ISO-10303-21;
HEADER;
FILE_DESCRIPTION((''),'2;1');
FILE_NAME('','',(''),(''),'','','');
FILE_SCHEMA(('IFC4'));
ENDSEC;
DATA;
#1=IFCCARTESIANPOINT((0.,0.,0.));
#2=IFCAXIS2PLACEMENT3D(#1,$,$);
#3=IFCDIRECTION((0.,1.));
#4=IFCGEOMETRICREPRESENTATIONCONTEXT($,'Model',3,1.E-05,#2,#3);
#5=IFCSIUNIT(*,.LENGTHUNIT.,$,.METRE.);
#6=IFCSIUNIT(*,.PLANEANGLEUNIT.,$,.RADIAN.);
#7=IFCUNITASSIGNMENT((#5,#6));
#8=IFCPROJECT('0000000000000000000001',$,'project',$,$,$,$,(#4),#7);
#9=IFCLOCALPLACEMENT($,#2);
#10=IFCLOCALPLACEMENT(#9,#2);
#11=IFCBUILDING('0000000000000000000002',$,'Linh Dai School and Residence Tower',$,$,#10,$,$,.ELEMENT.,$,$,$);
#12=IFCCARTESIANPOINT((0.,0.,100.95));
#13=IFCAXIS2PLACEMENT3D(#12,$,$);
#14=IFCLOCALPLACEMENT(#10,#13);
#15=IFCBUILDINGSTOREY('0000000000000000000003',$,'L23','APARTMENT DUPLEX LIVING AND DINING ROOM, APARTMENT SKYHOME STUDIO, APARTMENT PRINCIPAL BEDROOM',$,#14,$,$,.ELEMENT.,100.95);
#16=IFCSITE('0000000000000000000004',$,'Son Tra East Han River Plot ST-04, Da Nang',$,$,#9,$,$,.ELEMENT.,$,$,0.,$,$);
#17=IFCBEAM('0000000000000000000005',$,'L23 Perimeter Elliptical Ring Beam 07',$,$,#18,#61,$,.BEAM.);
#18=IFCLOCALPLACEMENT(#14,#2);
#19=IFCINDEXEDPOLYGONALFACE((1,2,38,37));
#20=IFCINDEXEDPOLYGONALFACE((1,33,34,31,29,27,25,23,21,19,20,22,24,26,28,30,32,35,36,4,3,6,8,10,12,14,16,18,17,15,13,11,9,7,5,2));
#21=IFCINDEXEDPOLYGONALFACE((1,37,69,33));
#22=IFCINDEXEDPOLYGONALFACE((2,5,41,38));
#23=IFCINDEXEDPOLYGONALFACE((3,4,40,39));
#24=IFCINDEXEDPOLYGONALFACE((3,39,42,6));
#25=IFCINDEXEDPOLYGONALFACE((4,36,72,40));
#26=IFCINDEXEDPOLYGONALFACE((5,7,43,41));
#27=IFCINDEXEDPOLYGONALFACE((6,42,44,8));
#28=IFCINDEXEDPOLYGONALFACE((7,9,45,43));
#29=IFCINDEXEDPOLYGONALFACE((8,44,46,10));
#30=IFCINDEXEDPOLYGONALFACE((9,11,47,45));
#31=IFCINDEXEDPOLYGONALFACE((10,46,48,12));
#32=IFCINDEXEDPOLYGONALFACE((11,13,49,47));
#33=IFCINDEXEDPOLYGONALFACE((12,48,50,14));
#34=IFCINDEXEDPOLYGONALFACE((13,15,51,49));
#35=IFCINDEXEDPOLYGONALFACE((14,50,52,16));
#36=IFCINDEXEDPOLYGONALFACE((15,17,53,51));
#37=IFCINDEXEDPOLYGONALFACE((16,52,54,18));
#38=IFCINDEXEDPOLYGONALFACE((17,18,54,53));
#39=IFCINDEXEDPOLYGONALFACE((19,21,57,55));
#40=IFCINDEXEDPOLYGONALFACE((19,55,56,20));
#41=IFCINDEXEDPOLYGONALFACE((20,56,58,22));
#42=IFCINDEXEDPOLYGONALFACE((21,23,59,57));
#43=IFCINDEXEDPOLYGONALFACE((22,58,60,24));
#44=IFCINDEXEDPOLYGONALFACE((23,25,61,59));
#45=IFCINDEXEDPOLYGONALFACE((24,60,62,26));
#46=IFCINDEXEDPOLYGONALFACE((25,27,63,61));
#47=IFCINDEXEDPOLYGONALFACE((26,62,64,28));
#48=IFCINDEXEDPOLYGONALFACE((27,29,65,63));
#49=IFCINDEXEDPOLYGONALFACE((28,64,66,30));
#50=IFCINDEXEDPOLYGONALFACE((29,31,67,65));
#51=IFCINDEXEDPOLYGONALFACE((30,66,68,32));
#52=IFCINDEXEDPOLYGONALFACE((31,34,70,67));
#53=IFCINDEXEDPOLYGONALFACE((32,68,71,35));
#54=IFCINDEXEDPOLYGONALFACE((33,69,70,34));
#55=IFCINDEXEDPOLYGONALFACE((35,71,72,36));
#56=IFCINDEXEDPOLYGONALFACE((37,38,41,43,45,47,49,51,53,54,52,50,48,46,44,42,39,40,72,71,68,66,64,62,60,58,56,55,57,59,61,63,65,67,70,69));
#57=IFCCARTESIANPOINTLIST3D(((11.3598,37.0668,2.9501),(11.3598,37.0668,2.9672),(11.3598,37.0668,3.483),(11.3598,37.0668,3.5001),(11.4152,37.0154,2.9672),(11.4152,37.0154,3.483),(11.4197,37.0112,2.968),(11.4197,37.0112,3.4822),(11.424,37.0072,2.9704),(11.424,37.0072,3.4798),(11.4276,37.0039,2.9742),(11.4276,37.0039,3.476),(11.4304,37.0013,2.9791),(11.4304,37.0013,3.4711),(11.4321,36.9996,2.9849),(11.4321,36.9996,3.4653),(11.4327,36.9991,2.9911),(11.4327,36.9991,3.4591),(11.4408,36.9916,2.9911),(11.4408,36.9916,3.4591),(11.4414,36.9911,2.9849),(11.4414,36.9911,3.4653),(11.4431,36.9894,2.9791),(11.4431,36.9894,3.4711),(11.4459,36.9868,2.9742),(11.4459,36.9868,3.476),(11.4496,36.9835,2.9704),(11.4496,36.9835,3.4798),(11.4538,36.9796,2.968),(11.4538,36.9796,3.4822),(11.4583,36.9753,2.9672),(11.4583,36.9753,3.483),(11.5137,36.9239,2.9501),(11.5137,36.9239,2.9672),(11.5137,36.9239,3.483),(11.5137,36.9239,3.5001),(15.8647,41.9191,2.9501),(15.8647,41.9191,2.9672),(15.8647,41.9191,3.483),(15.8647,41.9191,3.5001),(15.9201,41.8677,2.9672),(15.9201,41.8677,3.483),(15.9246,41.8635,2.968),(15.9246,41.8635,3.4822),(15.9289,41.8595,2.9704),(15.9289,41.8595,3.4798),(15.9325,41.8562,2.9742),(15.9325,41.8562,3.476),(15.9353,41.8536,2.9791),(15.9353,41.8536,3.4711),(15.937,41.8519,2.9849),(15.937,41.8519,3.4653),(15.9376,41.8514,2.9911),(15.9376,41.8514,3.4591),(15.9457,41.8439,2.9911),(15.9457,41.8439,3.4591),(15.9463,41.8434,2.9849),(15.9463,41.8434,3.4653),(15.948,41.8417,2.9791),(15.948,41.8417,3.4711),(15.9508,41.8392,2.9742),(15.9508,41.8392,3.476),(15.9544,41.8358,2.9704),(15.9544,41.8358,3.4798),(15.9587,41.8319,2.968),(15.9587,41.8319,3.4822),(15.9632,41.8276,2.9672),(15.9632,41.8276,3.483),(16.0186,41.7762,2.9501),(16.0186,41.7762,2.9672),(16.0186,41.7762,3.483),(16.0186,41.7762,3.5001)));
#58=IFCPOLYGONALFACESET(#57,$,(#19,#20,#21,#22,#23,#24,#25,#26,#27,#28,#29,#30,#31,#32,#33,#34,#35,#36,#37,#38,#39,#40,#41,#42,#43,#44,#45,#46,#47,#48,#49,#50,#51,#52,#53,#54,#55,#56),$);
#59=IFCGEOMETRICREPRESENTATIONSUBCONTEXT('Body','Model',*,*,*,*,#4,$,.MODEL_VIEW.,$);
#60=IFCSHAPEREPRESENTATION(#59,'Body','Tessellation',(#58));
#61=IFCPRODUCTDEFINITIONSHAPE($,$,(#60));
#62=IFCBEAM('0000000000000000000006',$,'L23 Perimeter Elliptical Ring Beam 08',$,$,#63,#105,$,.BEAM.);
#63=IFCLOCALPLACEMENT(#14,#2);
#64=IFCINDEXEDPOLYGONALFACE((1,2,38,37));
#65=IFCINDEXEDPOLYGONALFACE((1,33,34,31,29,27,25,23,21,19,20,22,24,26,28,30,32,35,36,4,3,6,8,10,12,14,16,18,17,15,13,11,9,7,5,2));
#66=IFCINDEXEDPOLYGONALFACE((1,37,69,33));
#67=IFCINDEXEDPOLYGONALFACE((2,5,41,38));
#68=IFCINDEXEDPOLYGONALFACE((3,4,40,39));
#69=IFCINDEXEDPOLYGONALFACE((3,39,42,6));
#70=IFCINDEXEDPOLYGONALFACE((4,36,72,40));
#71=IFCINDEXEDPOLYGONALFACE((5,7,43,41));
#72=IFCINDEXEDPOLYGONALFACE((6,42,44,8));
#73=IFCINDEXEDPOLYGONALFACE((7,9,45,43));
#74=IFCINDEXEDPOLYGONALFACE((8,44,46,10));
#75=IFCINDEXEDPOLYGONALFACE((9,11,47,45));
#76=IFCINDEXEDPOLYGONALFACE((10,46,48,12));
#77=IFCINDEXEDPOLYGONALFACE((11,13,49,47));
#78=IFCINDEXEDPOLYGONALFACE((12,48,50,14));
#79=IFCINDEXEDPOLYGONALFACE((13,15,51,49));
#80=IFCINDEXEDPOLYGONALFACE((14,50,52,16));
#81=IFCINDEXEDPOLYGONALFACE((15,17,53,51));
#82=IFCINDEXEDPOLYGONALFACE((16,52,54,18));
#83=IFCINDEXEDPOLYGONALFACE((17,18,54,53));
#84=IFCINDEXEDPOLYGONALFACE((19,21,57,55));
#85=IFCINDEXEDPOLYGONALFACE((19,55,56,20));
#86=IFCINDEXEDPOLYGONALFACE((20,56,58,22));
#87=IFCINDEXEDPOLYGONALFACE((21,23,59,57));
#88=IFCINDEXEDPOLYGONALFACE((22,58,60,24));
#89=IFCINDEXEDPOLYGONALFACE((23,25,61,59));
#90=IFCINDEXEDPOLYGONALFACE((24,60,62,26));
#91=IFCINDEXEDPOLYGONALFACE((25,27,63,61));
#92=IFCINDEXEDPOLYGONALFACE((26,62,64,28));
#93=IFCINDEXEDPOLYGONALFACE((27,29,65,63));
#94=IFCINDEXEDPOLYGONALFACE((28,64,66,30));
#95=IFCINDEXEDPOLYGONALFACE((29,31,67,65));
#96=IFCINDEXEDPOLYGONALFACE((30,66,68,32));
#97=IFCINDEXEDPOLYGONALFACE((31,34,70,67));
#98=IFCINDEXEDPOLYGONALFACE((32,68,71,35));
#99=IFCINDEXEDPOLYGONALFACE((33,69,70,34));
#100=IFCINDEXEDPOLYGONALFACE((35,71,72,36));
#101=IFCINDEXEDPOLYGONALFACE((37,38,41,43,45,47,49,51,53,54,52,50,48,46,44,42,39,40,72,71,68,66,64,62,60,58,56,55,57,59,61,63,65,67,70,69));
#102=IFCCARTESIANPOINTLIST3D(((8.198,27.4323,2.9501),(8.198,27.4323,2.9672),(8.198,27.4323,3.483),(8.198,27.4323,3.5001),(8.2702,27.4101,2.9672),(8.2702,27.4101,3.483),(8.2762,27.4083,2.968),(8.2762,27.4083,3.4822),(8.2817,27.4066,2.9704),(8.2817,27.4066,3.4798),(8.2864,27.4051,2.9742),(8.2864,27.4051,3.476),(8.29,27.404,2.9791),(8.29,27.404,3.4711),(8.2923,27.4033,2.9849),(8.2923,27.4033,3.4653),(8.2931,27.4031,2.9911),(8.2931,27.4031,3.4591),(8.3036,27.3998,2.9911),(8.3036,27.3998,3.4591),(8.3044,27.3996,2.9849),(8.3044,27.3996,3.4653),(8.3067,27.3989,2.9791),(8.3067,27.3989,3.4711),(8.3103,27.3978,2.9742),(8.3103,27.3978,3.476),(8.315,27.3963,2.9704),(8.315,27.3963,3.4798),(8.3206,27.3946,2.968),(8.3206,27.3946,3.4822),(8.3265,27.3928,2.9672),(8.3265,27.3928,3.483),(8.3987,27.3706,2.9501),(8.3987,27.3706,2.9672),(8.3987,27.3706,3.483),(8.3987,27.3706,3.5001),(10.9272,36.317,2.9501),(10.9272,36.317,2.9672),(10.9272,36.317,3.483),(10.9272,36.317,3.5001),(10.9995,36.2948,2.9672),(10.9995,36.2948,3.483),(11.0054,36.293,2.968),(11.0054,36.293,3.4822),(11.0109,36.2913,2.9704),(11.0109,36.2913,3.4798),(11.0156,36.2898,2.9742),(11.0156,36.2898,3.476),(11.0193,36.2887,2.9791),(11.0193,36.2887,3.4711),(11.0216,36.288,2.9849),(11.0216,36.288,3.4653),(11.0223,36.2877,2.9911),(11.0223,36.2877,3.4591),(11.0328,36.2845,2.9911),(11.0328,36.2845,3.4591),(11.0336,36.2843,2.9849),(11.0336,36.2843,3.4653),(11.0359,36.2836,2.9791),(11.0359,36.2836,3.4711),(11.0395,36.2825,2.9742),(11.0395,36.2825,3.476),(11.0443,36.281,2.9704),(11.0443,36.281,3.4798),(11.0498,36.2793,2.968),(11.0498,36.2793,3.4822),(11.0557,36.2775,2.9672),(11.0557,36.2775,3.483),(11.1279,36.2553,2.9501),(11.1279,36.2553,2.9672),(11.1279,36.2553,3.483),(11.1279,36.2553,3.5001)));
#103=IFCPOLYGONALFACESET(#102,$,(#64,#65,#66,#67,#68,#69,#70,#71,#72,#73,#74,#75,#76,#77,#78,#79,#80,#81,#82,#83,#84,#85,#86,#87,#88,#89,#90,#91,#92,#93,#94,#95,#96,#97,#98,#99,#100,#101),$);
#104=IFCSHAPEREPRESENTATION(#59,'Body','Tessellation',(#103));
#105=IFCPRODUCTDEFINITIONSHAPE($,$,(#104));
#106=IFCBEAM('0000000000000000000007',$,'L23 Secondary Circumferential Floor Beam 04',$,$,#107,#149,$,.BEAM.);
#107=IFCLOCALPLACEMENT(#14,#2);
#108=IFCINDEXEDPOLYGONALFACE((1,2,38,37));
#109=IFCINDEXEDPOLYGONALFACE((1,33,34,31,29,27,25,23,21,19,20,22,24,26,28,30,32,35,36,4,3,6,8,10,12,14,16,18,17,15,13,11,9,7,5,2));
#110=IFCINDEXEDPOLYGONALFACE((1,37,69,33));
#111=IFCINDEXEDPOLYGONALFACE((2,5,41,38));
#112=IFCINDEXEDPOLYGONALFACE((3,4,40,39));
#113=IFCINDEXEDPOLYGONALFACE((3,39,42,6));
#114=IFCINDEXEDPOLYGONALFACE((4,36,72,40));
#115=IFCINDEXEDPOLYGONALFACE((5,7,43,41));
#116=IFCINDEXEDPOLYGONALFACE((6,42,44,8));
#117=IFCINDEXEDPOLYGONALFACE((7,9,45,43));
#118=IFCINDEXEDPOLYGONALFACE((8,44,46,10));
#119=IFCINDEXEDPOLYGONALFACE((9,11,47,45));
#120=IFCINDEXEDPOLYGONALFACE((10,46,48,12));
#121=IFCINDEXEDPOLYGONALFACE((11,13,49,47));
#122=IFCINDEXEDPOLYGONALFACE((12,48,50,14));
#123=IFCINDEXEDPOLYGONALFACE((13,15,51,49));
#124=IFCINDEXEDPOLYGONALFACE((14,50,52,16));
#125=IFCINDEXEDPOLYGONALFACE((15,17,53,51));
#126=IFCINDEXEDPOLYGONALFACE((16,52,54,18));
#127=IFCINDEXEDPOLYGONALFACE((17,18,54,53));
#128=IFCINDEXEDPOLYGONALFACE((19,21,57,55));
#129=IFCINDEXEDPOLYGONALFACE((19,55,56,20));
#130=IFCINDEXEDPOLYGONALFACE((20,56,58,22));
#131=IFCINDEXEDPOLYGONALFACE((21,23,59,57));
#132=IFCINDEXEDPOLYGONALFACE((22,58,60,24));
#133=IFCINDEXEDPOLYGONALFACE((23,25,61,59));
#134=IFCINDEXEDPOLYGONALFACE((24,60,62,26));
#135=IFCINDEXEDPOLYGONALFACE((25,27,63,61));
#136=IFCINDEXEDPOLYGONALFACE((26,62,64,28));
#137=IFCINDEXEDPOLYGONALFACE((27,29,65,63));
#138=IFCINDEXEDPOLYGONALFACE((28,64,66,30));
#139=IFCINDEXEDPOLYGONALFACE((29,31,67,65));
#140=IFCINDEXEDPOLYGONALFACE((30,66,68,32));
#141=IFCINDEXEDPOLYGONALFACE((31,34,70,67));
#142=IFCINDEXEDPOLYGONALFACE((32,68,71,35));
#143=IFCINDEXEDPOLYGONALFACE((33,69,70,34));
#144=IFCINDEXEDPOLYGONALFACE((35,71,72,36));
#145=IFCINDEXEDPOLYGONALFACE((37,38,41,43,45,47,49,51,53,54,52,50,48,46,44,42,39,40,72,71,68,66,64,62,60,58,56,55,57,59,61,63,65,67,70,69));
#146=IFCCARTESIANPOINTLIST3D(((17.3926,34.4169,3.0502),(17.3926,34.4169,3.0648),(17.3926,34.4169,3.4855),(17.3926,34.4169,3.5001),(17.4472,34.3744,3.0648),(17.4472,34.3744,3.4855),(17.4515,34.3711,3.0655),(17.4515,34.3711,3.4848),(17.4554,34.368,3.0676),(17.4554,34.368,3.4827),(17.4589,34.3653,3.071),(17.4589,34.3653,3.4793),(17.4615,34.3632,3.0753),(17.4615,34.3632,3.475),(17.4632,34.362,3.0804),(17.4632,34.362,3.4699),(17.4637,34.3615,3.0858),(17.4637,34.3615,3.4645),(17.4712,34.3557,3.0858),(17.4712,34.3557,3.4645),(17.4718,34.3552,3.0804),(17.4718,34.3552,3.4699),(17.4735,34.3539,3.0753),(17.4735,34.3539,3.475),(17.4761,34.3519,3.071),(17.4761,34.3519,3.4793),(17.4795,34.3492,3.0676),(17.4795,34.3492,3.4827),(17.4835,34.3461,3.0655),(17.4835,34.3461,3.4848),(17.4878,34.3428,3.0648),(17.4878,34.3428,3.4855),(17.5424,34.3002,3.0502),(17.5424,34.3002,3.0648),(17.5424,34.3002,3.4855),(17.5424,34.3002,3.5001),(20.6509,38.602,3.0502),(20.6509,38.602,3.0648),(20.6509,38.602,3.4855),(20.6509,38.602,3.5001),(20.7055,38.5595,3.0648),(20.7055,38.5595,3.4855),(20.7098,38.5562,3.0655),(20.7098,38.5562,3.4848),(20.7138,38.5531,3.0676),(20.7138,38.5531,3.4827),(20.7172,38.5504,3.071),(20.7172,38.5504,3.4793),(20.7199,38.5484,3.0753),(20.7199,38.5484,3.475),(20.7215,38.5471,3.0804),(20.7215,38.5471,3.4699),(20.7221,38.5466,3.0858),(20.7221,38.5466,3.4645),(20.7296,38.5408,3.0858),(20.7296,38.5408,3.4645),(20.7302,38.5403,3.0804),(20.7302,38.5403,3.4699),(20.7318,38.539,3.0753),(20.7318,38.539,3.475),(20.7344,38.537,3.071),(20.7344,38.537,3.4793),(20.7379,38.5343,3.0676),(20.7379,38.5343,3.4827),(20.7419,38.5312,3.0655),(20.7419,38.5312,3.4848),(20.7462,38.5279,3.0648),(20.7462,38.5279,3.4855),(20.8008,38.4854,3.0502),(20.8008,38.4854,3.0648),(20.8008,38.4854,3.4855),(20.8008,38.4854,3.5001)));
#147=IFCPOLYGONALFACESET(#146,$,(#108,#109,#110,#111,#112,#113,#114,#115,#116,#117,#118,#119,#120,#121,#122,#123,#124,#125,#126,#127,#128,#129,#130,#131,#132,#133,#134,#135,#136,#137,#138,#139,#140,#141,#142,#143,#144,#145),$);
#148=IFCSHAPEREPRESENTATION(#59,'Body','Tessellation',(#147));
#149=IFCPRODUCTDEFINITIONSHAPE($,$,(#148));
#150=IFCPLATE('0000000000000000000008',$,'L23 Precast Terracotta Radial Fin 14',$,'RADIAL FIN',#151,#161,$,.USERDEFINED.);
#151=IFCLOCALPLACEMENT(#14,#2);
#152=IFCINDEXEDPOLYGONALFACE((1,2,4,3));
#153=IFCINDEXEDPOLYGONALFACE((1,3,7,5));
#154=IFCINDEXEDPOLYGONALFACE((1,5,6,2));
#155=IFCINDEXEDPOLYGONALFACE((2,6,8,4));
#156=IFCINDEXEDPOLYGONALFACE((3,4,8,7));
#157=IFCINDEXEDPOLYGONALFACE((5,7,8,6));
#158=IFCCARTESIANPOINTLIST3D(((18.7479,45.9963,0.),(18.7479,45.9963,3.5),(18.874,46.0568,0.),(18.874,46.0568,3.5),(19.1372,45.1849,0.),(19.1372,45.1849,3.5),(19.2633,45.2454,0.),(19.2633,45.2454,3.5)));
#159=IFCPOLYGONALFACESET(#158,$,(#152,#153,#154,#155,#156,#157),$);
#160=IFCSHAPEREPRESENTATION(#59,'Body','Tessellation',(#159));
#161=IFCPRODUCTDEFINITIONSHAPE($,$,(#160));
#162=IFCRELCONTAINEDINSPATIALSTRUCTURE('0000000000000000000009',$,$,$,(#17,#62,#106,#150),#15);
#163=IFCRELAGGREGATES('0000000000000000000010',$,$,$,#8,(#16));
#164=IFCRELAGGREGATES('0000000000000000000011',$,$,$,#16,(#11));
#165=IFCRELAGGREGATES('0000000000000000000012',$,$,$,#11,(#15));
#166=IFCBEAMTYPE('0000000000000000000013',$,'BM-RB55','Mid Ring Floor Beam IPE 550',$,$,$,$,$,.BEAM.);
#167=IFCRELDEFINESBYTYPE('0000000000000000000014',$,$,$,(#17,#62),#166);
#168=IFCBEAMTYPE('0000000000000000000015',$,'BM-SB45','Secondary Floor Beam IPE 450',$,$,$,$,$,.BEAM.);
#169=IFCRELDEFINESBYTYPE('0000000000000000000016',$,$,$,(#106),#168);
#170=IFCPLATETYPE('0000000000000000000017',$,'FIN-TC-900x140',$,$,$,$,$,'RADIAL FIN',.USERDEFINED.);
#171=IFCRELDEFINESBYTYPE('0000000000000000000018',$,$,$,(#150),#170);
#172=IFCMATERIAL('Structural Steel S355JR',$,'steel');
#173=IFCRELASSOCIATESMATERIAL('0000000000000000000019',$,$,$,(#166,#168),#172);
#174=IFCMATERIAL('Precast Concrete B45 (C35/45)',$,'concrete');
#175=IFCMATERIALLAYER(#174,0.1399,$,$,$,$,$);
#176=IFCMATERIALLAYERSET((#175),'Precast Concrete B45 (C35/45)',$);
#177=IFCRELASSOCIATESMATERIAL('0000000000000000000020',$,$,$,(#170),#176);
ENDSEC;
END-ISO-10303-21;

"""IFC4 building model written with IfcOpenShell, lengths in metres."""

from ifc_helpers import new_model, si_unit, direction, frame, origin, origin_2d, place, context, subcontext, project, spatial, rectangle, i_section, extrude, source, transform, mapped, material, layer, layer_set, material_profile, profile_set, type_object, element, save


model = new_model("IFC4")

# Units and contexts
model_context = context("Model", 3, precision=1e-05, world=origin(), true_north=direction((0.0, 1.0)))
body_context = subcontext(model_context, "Body", "Model", "MODEL_VIEW")
ifc_project = project(units=[si_unit("LENGTHUNIT", "METRE"), si_unit("PLANEANGLEUNIT", "RADIAN")], contexts=[model_context])

# Site, building, storey
site_placement = place(None, origin())
site = spatial("IfcSite", under=ifc_project, at=site_placement, Name="Son Tra East Han River Plot ST-04, Da Nang", CompositionType="ELEMENT", RefElevation=0.0)
building_placement = place(site_placement, origin())
building = spatial("IfcBuilding", under=site, at=building_placement, Name="Linh Dai School and Residence Tower", CompositionType="ELEMENT")
storey_placement = place(building_placement, frame((0.0, 0.0, 100.95)))
storey = spatial("IfcBuildingStorey", under=building, at=storey_placement, Name="L23", Description="APARTMENT DUPLEX LIVING AND DINING ROOM, APARTMENT SKYHOME STUDIO, APARTMENT PRINCIPAL BEDROOM", CompositionType="ELEMENT", Elevation=100.95)

# Shared definitions
ifc_material_1 = material(Name="Structural Steel S355JR", Category="steel")

# Beams
ifc_material_profile_1 = material_profile(ifc_material_1, i_section(OverallWidth=0.21, OverallDepth=0.55, WebThickness=0.011, FlangeThickness=0.0171, FilletRadius=0.0239, at=origin_2d()), Name="IPE 550")
ifc_profile_set_1 = profile_set([ifc_material_profile_1], Name="Structural Steel S355JR")
beam_type_1 = type_object("IfcBeamType", Name="BM-RB55", Description="Mid Ring Floor Beam IPE 550", PredefinedType="BEAM", material=ifc_profile_set_1)
beam_1_placement = place(storey_placement, frame((15.9417, 41.8477, 3.2251), z_axis=(-0.680385, -0.732855, 0.0), x_axis=(0.732855, -0.680385, 0.0)))
element("IfcBeam", 1, at=beam_1_placement, inside=storey, type_object=beam_type_1, Name="L23 Perimeter Elliptical Ring Beam 07", PredefinedType="BEAM", context=body_context, shape_type="SweptSolid", body=[
    extrude(i_section(OverallWidth=0.21, OverallDepth=0.55, WebThickness=0.011, FlangeThickness=0.0171, FilletRadius=0.0239, at=origin_2d()), origin(), (0.0, 0.0, 1.0), 6.6211),
])
beam_2_placement = place(storey_placement, frame((11.0276, 36.2861, 3.2251), z_axis=(-0.293641, -0.955916, 0.0), x_axis=(0.955916, -0.293641, 0.0)))
element("IfcBeam", 2, at=beam_2_placement, inside=storey, type_object=beam_type_1, Name="L23 Perimeter Elliptical Ring Beam 08", PredefinedType="BEAM", context=body_context, shape_type="SweptSolid", body=[
    extrude(i_section(OverallWidth=0.21, OverallDepth=0.55, WebThickness=0.011, FlangeThickness=0.0171, FilletRadius=0.0239, at=origin_2d()), origin(), (0.0, 0.0, 1.0), 9.2944),
])
ifc_material_profile_2 = material_profile(ifc_material_1, i_section(OverallWidth=0.1899, OverallDepth=0.45, WebThickness=0.0095, FlangeThickness=0.0146, FilletRadius=0.021, at=origin_2d()), Name="IPE 450")
ifc_profile_set_2 = profile_set([ifc_material_profile_2], Name="Structural Steel S355JR")
beam_type_2 = type_object("IfcBeamType", Name="BM-SB45", Description="Secondary Floor Beam IPE 450", PredefinedType="BEAM", material=ifc_profile_set_2)
beam_3_placement = place(storey_placement, frame((20.7258, 38.5437, 3.2751), z_axis=(-0.614323, -0.789055, 0.0), x_axis=(0.789055, -0.614323, 0.0)))
element("IfcBeam", 3, at=beam_3_placement, inside=storey, type_object=beam_type_2, Name="L23 Secondary Circumferential Floor Beam 04", PredefinedType="BEAM", context=body_context, shape_type="SweptSolid", body=[
    extrude(i_section(OverallWidth=0.1899, OverallDepth=0.45, WebThickness=0.0095, FlangeThickness=0.0146, FilletRadius=0.021, at=origin_2d()), origin(), (0.0, 0.0, 1.0), 5.304),
])

# Plate
ifc_material_2 = material(Name="Precast Concrete B45 (C35/45)", Category="concrete")
ifc_layer_1 = layer(ifc_material_2, 0.1399)
ifc_layer_set_1 = layer_set([ifc_layer_1], Name="Precast Concrete B45 (C35/45)")
plate_type = type_object("IfcPlateType", Name="FIN-TC-900x140", ElementType="RADIAL FIN", PredefinedType="USERDEFINED", material=ifc_layer_set_1)
shared_shape_1 = source(origin(), body_context, "Body", "SweptSolid", [
    extrude(rectangle(XDim=0.8999, YDim=0.1399, at=origin_2d()), origin(), (0.0, 0.0, 1.0), 3.5),
])
plate_placement = place(storey_placement, frame((19.0056, 45.6208, 0.0), z_axis=(0.0, 0.0, 1.0), x_axis=(-0.432618, 0.901578, 0.0)))
element("IfcPlate", 4, at=plate_placement, inside=storey, type_object=plate_type, Name="L23 Precast Terracotta Radial Fin 14", ObjectType="RADIAL FIN", PredefinedType="USERDEFINED", context=body_context, shape_type="MappedRepresentation", body=[
    mapped(shared_shape_1, transform((0.0, 0.0, 0.0), x_axis=(1.0, 0.0, 0.0), y_axis=(0.0, 1.0, 0.0), z_axis=(0.0, 0.0, 1.0), scale=1.0)),
])

save(model, "model.ifc")
